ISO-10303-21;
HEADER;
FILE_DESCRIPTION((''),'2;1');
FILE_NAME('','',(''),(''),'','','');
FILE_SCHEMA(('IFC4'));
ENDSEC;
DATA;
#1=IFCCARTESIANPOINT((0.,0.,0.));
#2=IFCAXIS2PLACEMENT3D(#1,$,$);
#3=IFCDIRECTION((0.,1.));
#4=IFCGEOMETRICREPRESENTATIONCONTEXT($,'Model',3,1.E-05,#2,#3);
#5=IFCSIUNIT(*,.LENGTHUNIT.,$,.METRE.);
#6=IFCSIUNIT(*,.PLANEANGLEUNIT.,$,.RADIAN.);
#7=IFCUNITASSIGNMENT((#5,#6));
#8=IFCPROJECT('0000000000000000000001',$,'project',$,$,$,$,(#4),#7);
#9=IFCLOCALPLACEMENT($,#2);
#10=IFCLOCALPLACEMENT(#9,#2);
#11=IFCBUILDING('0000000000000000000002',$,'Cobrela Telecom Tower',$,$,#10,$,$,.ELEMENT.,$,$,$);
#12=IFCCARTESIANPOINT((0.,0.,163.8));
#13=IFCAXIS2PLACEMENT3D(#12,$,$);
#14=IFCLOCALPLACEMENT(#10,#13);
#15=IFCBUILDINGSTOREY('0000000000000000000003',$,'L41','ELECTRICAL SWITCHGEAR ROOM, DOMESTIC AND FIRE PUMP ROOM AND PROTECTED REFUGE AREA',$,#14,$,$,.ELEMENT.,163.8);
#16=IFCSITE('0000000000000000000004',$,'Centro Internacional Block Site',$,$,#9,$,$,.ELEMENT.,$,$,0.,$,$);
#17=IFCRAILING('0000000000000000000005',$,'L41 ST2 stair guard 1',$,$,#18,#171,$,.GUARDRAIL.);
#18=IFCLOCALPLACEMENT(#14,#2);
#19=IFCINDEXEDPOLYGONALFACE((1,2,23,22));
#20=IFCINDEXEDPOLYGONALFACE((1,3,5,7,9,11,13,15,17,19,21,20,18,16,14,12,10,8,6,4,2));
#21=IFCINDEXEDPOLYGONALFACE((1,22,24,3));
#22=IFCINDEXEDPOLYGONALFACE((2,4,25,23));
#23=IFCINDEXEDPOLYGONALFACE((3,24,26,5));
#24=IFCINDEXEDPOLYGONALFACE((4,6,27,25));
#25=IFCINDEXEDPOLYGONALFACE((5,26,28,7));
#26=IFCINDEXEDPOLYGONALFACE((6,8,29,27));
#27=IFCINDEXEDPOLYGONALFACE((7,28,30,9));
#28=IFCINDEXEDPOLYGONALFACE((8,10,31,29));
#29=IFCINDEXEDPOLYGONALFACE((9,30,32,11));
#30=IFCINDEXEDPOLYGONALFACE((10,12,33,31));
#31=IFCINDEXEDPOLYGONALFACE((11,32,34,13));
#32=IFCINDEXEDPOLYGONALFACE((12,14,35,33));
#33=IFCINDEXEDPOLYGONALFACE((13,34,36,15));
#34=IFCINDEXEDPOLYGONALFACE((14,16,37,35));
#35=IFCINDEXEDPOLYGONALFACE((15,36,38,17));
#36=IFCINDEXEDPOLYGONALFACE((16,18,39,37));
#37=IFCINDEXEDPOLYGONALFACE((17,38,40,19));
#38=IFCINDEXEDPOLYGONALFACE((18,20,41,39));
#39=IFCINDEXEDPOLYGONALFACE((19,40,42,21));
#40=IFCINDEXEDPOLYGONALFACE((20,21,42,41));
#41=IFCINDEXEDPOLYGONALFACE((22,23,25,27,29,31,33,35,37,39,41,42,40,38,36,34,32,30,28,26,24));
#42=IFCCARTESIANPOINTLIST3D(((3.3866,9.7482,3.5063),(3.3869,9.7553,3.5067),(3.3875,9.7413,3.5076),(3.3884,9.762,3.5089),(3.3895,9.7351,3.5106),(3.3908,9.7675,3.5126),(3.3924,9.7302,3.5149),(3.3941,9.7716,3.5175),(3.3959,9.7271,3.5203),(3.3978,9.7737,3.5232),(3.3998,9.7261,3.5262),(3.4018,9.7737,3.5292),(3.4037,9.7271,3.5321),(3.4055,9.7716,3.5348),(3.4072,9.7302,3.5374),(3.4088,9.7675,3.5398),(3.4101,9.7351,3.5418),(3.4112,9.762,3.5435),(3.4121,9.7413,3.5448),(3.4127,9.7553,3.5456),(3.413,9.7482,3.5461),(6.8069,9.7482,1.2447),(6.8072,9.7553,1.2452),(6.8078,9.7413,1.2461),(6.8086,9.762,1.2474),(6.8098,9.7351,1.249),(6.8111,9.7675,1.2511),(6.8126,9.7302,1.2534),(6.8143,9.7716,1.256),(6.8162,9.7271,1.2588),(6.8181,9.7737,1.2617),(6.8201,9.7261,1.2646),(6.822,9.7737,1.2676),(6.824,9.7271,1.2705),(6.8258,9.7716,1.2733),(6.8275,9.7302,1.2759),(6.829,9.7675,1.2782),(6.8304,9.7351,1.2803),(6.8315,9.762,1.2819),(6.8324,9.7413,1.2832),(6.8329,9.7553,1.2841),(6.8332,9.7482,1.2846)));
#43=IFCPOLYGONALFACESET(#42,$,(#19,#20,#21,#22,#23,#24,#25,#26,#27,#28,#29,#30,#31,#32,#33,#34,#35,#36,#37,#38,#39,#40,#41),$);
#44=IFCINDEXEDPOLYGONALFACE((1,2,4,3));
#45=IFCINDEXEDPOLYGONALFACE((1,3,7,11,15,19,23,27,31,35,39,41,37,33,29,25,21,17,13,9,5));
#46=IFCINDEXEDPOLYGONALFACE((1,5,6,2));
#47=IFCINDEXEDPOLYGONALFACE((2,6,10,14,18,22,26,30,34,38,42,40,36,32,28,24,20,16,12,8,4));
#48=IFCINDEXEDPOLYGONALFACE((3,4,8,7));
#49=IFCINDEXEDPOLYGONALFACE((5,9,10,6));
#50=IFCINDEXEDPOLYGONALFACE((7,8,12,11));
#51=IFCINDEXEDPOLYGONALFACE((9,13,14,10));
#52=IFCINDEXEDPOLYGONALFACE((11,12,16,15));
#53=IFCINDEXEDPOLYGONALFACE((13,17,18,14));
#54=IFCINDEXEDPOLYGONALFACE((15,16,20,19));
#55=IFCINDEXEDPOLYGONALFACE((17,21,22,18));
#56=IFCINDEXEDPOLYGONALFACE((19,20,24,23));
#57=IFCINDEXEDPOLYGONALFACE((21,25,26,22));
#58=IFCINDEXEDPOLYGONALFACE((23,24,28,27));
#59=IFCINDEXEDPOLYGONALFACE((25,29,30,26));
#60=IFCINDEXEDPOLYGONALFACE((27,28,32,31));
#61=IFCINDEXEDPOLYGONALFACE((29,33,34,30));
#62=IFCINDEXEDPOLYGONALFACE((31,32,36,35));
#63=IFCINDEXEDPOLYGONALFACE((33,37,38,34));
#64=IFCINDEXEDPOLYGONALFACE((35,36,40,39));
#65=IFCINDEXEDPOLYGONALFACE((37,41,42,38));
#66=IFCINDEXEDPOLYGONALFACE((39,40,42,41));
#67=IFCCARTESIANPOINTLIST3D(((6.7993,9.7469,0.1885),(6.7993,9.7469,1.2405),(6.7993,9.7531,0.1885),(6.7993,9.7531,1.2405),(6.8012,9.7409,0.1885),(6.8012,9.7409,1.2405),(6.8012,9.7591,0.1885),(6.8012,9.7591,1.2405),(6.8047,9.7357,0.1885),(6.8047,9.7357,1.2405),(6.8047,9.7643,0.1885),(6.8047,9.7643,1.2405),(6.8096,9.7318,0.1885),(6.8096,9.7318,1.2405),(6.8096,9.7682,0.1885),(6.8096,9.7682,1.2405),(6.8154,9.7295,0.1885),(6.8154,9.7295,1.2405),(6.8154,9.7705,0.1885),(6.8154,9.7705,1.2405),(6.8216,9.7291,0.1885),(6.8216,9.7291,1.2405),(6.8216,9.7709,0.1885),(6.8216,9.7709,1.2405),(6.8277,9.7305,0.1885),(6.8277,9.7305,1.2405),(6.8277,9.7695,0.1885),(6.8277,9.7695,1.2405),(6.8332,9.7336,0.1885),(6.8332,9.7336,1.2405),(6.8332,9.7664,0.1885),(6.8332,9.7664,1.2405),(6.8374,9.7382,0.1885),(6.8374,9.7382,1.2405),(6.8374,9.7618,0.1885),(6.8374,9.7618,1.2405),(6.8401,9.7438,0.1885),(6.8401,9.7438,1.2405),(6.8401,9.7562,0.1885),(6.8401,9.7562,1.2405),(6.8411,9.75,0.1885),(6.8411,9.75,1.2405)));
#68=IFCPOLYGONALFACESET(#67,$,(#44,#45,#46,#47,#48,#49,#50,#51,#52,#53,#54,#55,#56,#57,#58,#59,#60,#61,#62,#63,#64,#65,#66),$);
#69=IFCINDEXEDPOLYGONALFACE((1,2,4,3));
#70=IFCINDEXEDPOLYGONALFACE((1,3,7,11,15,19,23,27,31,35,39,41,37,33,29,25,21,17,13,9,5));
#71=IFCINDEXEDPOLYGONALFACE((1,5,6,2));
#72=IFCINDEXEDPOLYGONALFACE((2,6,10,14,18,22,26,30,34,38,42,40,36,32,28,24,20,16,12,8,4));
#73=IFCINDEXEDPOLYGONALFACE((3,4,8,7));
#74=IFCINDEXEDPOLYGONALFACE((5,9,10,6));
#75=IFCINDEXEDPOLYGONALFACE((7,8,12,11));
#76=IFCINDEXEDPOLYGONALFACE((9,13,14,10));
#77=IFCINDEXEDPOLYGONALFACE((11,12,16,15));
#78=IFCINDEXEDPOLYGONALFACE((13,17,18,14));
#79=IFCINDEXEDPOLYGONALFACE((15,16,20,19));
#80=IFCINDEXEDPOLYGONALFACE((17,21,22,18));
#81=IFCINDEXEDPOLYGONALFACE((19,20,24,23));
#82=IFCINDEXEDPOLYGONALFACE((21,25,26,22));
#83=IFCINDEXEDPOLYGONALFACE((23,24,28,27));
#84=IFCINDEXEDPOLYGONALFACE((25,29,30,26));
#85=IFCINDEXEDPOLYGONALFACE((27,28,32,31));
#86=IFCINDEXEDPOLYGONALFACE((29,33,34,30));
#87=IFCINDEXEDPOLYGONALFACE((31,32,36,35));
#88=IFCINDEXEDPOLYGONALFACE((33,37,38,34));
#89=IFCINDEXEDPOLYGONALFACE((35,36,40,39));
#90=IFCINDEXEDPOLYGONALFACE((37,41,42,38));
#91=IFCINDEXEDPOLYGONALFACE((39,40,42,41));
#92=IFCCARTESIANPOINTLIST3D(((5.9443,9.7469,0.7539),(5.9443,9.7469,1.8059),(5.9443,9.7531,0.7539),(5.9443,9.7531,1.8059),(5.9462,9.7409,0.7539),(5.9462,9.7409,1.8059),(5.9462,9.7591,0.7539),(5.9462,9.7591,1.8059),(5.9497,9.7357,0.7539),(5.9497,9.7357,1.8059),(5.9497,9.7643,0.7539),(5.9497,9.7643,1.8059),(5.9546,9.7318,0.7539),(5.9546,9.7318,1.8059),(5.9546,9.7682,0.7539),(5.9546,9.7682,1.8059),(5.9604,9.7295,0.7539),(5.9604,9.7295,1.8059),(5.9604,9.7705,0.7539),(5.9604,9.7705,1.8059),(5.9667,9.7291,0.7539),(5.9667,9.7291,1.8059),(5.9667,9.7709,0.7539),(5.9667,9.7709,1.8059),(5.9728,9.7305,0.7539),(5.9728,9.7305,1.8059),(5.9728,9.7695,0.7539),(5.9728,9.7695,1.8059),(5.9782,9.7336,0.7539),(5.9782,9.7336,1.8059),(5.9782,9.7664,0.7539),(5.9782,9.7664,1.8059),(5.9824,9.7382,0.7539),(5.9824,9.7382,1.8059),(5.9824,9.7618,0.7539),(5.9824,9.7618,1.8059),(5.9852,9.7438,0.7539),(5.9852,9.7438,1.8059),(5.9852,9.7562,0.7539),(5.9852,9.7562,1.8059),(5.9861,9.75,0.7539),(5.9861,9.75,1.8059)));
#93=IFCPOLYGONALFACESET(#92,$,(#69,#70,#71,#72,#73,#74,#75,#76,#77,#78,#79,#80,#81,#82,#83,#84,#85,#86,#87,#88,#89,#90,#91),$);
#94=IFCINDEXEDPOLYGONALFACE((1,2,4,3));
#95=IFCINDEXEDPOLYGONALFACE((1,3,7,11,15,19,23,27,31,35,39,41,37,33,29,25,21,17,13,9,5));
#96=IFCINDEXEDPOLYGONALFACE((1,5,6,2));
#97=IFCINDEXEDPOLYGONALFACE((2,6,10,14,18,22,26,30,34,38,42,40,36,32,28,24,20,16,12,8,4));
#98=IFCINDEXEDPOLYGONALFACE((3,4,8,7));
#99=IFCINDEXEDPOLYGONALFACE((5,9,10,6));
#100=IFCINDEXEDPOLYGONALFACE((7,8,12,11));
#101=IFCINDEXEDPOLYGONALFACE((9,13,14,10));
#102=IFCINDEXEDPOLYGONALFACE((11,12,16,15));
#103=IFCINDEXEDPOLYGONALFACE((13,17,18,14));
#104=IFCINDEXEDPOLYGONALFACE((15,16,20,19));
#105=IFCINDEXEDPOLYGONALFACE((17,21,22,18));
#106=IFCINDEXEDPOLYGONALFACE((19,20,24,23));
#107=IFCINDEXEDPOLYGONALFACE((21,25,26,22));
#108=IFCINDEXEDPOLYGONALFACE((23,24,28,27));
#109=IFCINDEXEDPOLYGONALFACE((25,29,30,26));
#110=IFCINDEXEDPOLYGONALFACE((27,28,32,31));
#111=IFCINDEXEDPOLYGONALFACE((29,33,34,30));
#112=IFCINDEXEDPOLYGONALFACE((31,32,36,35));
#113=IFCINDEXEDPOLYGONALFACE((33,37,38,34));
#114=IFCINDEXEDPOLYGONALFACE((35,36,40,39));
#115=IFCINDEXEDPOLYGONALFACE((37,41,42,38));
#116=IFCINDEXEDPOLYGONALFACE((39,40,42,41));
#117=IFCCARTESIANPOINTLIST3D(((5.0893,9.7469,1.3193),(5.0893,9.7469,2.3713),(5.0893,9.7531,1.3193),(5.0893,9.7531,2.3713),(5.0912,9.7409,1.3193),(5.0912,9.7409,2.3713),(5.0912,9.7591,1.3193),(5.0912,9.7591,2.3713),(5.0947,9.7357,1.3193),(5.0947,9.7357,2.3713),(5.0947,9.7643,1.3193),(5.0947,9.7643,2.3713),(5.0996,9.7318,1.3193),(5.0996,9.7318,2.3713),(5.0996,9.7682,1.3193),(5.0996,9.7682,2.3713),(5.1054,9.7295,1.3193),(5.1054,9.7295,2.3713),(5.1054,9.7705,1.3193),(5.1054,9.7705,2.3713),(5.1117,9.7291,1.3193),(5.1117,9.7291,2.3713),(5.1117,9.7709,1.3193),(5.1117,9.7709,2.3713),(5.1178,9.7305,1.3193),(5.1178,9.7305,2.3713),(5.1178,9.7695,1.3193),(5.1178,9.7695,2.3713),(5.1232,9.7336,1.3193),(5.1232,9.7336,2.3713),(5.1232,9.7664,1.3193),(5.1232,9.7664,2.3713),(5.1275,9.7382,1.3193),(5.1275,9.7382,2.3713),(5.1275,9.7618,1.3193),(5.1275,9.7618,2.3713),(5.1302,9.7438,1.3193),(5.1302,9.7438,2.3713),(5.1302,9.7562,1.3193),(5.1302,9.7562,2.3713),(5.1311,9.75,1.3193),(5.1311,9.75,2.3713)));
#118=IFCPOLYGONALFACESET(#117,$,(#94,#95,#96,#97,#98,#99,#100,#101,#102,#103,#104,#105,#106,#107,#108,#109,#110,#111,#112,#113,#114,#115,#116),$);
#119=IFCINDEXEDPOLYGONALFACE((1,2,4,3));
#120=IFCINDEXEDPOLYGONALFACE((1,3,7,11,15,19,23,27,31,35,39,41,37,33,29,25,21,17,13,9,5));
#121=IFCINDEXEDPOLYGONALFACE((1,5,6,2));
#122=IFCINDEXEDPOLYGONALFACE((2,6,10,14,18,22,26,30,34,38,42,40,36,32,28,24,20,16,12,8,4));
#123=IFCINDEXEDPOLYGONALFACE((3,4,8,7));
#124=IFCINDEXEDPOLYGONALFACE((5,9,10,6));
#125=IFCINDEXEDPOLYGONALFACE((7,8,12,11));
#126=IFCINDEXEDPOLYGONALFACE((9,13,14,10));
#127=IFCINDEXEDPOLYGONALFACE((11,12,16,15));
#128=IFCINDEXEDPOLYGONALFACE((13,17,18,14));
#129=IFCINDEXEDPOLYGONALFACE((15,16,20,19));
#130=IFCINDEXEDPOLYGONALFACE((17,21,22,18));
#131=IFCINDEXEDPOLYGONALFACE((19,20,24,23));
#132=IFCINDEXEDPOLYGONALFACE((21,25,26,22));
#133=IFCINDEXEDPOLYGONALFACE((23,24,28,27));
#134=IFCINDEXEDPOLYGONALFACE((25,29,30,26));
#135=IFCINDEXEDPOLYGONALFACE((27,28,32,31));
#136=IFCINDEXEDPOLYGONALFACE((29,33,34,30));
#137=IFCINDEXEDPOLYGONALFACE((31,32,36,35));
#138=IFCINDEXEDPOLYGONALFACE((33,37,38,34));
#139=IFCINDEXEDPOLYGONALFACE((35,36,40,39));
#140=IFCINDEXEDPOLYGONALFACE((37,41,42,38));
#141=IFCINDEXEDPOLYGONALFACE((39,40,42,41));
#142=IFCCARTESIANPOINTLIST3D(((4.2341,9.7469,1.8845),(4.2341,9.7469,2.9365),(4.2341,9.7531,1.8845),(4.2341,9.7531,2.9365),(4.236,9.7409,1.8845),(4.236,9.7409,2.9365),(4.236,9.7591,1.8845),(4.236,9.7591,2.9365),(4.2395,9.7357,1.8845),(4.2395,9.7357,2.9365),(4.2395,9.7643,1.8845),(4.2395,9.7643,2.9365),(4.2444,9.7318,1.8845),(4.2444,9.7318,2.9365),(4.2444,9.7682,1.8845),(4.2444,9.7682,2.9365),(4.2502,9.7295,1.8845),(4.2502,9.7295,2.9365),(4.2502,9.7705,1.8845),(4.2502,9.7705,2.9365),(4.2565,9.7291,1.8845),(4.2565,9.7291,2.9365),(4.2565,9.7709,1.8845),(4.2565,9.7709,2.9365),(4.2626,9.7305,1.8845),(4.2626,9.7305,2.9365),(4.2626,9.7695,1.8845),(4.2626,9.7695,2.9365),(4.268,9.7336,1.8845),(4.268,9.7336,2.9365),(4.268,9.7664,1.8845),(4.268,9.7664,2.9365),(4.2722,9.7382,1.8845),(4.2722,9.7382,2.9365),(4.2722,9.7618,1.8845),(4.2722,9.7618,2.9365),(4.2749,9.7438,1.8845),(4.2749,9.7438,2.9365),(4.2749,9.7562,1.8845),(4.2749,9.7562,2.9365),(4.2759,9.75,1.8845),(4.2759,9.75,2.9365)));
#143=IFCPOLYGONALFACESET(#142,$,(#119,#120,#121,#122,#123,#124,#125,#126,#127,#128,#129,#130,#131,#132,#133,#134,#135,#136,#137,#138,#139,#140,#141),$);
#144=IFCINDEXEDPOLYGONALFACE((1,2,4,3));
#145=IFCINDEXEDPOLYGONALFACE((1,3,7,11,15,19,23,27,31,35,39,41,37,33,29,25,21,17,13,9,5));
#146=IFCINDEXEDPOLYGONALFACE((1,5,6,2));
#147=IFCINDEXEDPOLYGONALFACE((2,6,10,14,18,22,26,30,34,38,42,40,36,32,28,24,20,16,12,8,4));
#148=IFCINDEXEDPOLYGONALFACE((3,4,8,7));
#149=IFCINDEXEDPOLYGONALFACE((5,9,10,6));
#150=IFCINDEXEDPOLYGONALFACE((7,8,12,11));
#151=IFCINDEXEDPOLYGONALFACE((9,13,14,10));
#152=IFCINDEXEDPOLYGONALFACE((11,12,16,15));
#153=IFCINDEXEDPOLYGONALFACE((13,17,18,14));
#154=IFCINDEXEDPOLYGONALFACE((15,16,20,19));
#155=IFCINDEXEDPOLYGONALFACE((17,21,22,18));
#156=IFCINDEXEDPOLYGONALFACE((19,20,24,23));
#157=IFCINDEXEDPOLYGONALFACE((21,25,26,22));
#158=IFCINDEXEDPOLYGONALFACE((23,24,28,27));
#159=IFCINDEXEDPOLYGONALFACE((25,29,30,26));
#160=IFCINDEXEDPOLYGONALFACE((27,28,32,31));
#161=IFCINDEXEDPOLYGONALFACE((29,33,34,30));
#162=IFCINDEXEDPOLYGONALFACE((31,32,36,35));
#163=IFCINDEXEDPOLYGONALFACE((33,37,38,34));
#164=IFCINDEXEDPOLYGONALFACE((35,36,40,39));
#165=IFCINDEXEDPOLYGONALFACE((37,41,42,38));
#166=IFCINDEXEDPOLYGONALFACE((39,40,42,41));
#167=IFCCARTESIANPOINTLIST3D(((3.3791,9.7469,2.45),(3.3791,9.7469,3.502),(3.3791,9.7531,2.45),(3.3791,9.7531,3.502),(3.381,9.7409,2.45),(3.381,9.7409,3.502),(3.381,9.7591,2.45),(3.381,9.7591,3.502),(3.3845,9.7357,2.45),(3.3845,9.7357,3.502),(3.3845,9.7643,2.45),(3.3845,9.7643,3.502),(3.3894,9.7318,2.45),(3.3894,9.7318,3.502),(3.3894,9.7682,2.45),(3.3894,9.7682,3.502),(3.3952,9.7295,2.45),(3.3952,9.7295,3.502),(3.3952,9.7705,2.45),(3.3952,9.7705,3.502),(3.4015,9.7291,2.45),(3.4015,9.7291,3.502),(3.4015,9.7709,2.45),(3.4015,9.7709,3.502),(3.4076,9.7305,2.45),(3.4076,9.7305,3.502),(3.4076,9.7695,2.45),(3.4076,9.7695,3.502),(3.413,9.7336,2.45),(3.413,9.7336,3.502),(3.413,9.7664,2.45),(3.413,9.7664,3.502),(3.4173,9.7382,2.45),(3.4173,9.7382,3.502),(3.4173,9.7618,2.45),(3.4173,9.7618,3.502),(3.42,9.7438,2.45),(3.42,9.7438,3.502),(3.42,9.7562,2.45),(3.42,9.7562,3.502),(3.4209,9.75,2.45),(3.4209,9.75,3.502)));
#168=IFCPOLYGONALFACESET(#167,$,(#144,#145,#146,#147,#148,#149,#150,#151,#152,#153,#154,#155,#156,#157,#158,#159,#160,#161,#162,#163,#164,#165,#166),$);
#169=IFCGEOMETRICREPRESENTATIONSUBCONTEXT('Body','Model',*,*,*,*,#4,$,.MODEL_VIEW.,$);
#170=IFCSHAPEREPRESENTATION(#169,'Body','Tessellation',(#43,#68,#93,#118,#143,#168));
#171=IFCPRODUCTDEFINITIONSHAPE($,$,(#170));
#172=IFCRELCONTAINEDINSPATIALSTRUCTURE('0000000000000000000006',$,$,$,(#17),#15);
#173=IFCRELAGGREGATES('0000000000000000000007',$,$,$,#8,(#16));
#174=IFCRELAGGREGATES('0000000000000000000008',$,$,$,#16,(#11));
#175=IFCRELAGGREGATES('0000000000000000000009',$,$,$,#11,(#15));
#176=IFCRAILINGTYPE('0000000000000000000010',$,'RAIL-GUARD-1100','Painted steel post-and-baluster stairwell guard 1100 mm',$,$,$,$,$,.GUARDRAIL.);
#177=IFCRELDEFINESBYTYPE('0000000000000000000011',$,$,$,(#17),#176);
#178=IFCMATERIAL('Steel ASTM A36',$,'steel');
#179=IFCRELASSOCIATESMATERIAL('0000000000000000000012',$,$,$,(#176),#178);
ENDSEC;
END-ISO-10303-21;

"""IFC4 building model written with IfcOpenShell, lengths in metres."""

from ifc_helpers import new_model, si_unit, direction, frame, origin, origin_2d, place, context, subcontext, project, spatial, circle, extrude, material, type_object, element, save


model = new_model("IFC4")

# Units and contexts
model_context = context("Model", 3, precision=1e-05, world=origin(), true_north=direction((0.0, 1.0)))
body_context = subcontext(model_context, "Body", "Model", "MODEL_VIEW")
ifc_project = project(units=[si_unit("LENGTHUNIT", "METRE"), si_unit("PLANEANGLEUNIT", "RADIAN")], contexts=[model_context])

# Site, building, storey
site_placement = place(None, origin())
site = spatial("IfcSite", under=ifc_project, at=site_placement, Name="Centro Internacional Block Site", CompositionType="ELEMENT", RefElevation=0.0)
building_placement = place(site_placement, origin())
building = spatial("IfcBuilding", under=site, at=building_placement, Name="Cobrela Telecom Tower", CompositionType="ELEMENT")
storey_placement = place(building_placement, frame((0.0, 0.0, 163.8)))
storey = spatial("IfcBuildingStorey", under=building, at=storey_placement, Name="L41", Description="ELECTRICAL SWITCHGEAR ROOM, DOMESTIC AND FIRE PUMP ROOM AND PROTECTED REFUGE AREA", CompositionType="ELEMENT", Elevation=163.8)

# Shared definitions
ifc_material_1 = material(Name="Steel ASTM A36", Category="steel")

# Railing
railing_type_1 = type_object("IfcRailingType", Name="RAIL-GUARD-1100", Description="Painted steel post-and-baluster stairwell guard 1100 mm", PredefinedType="GUARDRAIL", material=ifc_material_1)
railing_1_placement = place(storey_placement, frame((6.8201, 9.75, 0.1885)))
element("IfcRailing", 1, at=railing_1_placement, inside=storey, type_object=railing_type_1, Name="L41 ST2 stair guard 1", PredefinedType="GUARDRAIL", context=body_context, shape_type="SweptSolid", body=[
    extrude(circle(Radius=0.0239, at=origin_2d()), frame((0.0, 0.0, 1.0762), z_axis=(-0.834142, 0.0, 0.55155), x_axis=(0.0, -1.0, 0.0)), (0.0, 0.0, 1.0), 4.1003),
    extrude(circle(Radius=0.021, at=origin_2d()), origin(), (0.0, 0.0, 1.0), 1.052),
    extrude(circle(Radius=0.021, at=origin_2d()), frame((-0.855, 0.0, 0.5654)), (0.0, 0.0, 1.0), 1.052),
    extrude(circle(Radius=0.021, at=origin_2d()), frame((-1.71, 0.0, 1.1309)), (0.0, 0.0, 1.0), 1.052),
    extrude(circle(Radius=0.021, at=origin_2d()), frame((-2.5652, 0.0, 1.696)), (0.0, 0.0, 1.0), 1.052),
    extrude(circle(Radius=0.021, at=origin_2d()), frame((-3.4202, 0.0, 2.2615)), (0.0, 0.0, 1.0), 1.052),
])

save(model, "model.ifc")
